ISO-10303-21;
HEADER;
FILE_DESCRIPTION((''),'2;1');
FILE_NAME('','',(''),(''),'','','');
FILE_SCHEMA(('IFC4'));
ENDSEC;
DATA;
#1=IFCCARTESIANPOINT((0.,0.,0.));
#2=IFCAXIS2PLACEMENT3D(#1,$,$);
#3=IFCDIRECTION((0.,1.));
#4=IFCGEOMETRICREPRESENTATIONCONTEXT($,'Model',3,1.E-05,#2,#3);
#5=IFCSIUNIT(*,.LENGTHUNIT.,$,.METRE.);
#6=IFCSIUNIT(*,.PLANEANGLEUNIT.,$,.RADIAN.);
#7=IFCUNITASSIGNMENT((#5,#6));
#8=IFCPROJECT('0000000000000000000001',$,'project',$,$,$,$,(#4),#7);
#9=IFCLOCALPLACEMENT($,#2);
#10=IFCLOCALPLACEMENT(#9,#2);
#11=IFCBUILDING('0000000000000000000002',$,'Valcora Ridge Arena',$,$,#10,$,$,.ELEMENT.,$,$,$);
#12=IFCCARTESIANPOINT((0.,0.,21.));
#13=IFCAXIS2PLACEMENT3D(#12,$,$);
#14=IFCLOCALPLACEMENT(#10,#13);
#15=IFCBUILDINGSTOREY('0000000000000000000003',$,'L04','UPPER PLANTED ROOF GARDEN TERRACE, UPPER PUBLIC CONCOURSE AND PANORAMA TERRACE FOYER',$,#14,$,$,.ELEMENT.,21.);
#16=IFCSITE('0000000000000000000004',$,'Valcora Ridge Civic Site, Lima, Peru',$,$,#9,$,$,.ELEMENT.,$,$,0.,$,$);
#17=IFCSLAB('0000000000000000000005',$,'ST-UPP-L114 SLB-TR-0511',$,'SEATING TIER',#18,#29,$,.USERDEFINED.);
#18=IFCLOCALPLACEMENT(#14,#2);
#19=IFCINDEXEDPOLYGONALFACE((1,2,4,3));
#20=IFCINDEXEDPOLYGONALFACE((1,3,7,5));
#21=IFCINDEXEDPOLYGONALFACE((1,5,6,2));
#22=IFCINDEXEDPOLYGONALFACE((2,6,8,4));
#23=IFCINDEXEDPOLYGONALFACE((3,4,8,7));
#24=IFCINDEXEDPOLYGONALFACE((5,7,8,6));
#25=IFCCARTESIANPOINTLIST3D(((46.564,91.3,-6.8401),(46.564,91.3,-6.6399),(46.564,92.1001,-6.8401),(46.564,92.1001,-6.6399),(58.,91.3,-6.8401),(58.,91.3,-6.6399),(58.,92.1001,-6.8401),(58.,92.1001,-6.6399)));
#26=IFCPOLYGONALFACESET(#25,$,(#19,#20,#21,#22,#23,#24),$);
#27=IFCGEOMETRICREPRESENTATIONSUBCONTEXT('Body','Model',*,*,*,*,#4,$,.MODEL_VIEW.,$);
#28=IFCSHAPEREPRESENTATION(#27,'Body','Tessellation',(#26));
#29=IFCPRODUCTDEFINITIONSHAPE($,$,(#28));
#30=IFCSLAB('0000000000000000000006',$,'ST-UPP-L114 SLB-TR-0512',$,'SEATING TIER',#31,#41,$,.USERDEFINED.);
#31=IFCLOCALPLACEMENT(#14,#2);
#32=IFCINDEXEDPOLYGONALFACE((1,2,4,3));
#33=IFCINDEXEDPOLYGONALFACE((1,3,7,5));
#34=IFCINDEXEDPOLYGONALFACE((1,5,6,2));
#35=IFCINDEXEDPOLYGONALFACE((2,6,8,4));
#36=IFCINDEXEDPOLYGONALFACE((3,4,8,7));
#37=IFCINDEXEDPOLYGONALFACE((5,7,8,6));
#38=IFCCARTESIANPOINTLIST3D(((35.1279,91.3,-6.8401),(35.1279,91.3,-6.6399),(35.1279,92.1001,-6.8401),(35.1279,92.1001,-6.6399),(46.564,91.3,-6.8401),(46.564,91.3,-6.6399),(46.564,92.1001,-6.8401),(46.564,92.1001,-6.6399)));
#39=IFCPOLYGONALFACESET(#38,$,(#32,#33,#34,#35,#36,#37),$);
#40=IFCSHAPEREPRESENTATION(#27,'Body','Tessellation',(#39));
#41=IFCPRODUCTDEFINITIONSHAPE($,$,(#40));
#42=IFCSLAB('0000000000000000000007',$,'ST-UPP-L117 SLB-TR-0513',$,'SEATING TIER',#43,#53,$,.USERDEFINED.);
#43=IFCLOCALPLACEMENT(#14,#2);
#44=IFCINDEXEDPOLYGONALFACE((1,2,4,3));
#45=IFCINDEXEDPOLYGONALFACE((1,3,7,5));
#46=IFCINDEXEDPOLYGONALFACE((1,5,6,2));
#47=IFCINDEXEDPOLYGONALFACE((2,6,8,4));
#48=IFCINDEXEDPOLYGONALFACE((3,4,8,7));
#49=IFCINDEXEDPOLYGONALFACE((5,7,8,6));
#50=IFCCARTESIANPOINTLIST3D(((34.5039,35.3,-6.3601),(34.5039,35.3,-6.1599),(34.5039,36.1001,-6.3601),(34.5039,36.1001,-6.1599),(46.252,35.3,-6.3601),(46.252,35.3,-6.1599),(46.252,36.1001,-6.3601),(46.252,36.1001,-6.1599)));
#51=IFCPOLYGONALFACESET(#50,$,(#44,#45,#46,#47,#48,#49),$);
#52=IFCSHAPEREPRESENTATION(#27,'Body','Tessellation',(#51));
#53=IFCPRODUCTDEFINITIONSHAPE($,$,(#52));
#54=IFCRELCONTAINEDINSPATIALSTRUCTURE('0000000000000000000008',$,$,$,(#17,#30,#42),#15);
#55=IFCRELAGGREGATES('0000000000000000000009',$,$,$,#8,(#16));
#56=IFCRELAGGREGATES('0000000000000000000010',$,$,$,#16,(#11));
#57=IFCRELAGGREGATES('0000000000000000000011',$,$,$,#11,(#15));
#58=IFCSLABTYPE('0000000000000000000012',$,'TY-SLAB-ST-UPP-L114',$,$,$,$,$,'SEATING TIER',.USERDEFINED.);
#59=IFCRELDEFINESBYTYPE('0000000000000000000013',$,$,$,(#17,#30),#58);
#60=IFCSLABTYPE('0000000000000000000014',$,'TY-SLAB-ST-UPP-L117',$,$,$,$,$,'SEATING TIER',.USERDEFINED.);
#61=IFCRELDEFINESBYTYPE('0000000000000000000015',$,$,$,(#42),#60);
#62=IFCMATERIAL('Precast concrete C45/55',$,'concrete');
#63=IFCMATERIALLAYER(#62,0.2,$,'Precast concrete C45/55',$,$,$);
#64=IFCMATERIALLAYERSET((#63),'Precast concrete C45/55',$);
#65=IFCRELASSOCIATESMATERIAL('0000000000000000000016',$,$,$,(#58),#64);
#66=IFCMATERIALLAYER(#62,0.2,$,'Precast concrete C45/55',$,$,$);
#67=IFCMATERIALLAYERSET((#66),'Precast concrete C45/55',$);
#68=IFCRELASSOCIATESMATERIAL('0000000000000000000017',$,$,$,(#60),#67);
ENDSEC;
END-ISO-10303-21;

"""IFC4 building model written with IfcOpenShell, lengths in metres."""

from ifc_helpers import new_model, si_unit, direction, frame, origin, place, context, subcontext, project, spatial, polyline, outline, extrude, material, layer, layer_set, type_object, element, save


model = new_model("IFC4")

# Units and contexts
model_context = context("Model", 3, precision=1e-05, world=origin(), true_north=direction((0.0, 1.0)))
body_context = subcontext(model_context, "Body", "Model", "MODEL_VIEW")
ifc_project = project(units=[si_unit("LENGTHUNIT", "METRE"), si_unit("PLANEANGLEUNIT", "RADIAN")], contexts=[model_context])

# Site, building, storey
site_placement = place(None, origin())
site = spatial("IfcSite", under=ifc_project, at=site_placement, Name="Valcora Ridge Civic Site, Lima, Peru", CompositionType="ELEMENT", RefElevation=0.0)
building_placement = place(site_placement, origin())
building = spatial("IfcBuilding", under=site, at=building_placement, Name="Valcora Ridge Arena", CompositionType="ELEMENT")
storey_placement = place(building_placement, frame((0.0, 0.0, 21.0)))
storey = spatial("IfcBuildingStorey", under=building, at=storey_placement, Name="L04", Description="UPPER PLANTED ROOF GARDEN TERRACE, UPPER PUBLIC CONCOURSE AND PANORAMA TERRACE FOYER", CompositionType="ELEMENT", Elevation=21.0)

# Slabs
ifc_material = material(Name="Precast concrete C45/55", Category="concrete")
ifc_layer_1 = layer(ifc_material, 0.2, Name="Precast concrete C45/55")
ifc_layer_set_1 = layer_set([ifc_layer_1], Name="Precast concrete C45/55")
slab_type_1 = type_object("IfcSlabType", Name="TY-SLAB-ST-UPP-L114", ElementType="SEATING TIER", PredefinedType="USERDEFINED", material=ifc_layer_set_1)
slab_1_placement = place(storey_placement, frame((0.0, 0.0, -6.8401)))
element("IfcSlab", 1, at=slab_1_placement, inside=storey, type_object=slab_type_1, Name="ST-UPP-L114 SLB-TR-0511", ObjectType="SEATING TIER", PredefinedType="USERDEFINED", context=body_context, shape_type="SweptSolid", body=[
    extrude(outline(polyline([(58.0, 91.3), (46.564, 91.3), (46.564, 92.1001), (58.0, 92.1001), (58.0, 91.3)])), origin(), (0.0, 0.0, 1.0), 0.2002),
])
slab_2_placement = place(storey_placement, frame((0.0, 0.0, -6.8401)))
element("IfcSlab", 2, at=slab_2_placement, inside=storey, type_object=slab_type_1, Name="ST-UPP-L114 SLB-TR-0512", ObjectType="SEATING TIER", PredefinedType="USERDEFINED", context=body_context, shape_type="SweptSolid", body=[
    extrude(outline(polyline([(46.564, 91.3), (35.1279, 91.3), (35.1279, 92.1001), (46.564, 92.1001), (46.564, 91.3)])), origin(), (0.0, 0.0, 1.0), 0.2002),
])
ifc_layer_2 = layer(ifc_material, 0.2, Name="Precast concrete C45/55")
ifc_layer_set_2 = layer_set([ifc_layer_2], Name="Precast concrete C45/55")
slab_type_2 = type_object("IfcSlabType", Name="TY-SLAB-ST-UPP-L117", ElementType="SEATING TIER", PredefinedType="USERDEFINED", material=ifc_layer_set_2)
slab_3_placement = place(storey_placement, frame((0.0, 0.0, -6.3601)))
element("IfcSlab", 3, at=slab_3_placement, inside=storey, type_object=slab_type_2, Name="ST-UPP-L117 SLB-TR-0513", ObjectType="SEATING TIER", PredefinedType="USERDEFINED", context=body_context, shape_type="SweptSolid", body=[
    extrude(outline(polyline([(34.5039, 36.1001), (46.252, 36.1001), (46.252, 35.3), (34.5039, 35.3), (34.5039, 36.1001)])), origin(), (0.0, 0.0, 1.0), 0.2002),
])

save(model, "model.ifc")
